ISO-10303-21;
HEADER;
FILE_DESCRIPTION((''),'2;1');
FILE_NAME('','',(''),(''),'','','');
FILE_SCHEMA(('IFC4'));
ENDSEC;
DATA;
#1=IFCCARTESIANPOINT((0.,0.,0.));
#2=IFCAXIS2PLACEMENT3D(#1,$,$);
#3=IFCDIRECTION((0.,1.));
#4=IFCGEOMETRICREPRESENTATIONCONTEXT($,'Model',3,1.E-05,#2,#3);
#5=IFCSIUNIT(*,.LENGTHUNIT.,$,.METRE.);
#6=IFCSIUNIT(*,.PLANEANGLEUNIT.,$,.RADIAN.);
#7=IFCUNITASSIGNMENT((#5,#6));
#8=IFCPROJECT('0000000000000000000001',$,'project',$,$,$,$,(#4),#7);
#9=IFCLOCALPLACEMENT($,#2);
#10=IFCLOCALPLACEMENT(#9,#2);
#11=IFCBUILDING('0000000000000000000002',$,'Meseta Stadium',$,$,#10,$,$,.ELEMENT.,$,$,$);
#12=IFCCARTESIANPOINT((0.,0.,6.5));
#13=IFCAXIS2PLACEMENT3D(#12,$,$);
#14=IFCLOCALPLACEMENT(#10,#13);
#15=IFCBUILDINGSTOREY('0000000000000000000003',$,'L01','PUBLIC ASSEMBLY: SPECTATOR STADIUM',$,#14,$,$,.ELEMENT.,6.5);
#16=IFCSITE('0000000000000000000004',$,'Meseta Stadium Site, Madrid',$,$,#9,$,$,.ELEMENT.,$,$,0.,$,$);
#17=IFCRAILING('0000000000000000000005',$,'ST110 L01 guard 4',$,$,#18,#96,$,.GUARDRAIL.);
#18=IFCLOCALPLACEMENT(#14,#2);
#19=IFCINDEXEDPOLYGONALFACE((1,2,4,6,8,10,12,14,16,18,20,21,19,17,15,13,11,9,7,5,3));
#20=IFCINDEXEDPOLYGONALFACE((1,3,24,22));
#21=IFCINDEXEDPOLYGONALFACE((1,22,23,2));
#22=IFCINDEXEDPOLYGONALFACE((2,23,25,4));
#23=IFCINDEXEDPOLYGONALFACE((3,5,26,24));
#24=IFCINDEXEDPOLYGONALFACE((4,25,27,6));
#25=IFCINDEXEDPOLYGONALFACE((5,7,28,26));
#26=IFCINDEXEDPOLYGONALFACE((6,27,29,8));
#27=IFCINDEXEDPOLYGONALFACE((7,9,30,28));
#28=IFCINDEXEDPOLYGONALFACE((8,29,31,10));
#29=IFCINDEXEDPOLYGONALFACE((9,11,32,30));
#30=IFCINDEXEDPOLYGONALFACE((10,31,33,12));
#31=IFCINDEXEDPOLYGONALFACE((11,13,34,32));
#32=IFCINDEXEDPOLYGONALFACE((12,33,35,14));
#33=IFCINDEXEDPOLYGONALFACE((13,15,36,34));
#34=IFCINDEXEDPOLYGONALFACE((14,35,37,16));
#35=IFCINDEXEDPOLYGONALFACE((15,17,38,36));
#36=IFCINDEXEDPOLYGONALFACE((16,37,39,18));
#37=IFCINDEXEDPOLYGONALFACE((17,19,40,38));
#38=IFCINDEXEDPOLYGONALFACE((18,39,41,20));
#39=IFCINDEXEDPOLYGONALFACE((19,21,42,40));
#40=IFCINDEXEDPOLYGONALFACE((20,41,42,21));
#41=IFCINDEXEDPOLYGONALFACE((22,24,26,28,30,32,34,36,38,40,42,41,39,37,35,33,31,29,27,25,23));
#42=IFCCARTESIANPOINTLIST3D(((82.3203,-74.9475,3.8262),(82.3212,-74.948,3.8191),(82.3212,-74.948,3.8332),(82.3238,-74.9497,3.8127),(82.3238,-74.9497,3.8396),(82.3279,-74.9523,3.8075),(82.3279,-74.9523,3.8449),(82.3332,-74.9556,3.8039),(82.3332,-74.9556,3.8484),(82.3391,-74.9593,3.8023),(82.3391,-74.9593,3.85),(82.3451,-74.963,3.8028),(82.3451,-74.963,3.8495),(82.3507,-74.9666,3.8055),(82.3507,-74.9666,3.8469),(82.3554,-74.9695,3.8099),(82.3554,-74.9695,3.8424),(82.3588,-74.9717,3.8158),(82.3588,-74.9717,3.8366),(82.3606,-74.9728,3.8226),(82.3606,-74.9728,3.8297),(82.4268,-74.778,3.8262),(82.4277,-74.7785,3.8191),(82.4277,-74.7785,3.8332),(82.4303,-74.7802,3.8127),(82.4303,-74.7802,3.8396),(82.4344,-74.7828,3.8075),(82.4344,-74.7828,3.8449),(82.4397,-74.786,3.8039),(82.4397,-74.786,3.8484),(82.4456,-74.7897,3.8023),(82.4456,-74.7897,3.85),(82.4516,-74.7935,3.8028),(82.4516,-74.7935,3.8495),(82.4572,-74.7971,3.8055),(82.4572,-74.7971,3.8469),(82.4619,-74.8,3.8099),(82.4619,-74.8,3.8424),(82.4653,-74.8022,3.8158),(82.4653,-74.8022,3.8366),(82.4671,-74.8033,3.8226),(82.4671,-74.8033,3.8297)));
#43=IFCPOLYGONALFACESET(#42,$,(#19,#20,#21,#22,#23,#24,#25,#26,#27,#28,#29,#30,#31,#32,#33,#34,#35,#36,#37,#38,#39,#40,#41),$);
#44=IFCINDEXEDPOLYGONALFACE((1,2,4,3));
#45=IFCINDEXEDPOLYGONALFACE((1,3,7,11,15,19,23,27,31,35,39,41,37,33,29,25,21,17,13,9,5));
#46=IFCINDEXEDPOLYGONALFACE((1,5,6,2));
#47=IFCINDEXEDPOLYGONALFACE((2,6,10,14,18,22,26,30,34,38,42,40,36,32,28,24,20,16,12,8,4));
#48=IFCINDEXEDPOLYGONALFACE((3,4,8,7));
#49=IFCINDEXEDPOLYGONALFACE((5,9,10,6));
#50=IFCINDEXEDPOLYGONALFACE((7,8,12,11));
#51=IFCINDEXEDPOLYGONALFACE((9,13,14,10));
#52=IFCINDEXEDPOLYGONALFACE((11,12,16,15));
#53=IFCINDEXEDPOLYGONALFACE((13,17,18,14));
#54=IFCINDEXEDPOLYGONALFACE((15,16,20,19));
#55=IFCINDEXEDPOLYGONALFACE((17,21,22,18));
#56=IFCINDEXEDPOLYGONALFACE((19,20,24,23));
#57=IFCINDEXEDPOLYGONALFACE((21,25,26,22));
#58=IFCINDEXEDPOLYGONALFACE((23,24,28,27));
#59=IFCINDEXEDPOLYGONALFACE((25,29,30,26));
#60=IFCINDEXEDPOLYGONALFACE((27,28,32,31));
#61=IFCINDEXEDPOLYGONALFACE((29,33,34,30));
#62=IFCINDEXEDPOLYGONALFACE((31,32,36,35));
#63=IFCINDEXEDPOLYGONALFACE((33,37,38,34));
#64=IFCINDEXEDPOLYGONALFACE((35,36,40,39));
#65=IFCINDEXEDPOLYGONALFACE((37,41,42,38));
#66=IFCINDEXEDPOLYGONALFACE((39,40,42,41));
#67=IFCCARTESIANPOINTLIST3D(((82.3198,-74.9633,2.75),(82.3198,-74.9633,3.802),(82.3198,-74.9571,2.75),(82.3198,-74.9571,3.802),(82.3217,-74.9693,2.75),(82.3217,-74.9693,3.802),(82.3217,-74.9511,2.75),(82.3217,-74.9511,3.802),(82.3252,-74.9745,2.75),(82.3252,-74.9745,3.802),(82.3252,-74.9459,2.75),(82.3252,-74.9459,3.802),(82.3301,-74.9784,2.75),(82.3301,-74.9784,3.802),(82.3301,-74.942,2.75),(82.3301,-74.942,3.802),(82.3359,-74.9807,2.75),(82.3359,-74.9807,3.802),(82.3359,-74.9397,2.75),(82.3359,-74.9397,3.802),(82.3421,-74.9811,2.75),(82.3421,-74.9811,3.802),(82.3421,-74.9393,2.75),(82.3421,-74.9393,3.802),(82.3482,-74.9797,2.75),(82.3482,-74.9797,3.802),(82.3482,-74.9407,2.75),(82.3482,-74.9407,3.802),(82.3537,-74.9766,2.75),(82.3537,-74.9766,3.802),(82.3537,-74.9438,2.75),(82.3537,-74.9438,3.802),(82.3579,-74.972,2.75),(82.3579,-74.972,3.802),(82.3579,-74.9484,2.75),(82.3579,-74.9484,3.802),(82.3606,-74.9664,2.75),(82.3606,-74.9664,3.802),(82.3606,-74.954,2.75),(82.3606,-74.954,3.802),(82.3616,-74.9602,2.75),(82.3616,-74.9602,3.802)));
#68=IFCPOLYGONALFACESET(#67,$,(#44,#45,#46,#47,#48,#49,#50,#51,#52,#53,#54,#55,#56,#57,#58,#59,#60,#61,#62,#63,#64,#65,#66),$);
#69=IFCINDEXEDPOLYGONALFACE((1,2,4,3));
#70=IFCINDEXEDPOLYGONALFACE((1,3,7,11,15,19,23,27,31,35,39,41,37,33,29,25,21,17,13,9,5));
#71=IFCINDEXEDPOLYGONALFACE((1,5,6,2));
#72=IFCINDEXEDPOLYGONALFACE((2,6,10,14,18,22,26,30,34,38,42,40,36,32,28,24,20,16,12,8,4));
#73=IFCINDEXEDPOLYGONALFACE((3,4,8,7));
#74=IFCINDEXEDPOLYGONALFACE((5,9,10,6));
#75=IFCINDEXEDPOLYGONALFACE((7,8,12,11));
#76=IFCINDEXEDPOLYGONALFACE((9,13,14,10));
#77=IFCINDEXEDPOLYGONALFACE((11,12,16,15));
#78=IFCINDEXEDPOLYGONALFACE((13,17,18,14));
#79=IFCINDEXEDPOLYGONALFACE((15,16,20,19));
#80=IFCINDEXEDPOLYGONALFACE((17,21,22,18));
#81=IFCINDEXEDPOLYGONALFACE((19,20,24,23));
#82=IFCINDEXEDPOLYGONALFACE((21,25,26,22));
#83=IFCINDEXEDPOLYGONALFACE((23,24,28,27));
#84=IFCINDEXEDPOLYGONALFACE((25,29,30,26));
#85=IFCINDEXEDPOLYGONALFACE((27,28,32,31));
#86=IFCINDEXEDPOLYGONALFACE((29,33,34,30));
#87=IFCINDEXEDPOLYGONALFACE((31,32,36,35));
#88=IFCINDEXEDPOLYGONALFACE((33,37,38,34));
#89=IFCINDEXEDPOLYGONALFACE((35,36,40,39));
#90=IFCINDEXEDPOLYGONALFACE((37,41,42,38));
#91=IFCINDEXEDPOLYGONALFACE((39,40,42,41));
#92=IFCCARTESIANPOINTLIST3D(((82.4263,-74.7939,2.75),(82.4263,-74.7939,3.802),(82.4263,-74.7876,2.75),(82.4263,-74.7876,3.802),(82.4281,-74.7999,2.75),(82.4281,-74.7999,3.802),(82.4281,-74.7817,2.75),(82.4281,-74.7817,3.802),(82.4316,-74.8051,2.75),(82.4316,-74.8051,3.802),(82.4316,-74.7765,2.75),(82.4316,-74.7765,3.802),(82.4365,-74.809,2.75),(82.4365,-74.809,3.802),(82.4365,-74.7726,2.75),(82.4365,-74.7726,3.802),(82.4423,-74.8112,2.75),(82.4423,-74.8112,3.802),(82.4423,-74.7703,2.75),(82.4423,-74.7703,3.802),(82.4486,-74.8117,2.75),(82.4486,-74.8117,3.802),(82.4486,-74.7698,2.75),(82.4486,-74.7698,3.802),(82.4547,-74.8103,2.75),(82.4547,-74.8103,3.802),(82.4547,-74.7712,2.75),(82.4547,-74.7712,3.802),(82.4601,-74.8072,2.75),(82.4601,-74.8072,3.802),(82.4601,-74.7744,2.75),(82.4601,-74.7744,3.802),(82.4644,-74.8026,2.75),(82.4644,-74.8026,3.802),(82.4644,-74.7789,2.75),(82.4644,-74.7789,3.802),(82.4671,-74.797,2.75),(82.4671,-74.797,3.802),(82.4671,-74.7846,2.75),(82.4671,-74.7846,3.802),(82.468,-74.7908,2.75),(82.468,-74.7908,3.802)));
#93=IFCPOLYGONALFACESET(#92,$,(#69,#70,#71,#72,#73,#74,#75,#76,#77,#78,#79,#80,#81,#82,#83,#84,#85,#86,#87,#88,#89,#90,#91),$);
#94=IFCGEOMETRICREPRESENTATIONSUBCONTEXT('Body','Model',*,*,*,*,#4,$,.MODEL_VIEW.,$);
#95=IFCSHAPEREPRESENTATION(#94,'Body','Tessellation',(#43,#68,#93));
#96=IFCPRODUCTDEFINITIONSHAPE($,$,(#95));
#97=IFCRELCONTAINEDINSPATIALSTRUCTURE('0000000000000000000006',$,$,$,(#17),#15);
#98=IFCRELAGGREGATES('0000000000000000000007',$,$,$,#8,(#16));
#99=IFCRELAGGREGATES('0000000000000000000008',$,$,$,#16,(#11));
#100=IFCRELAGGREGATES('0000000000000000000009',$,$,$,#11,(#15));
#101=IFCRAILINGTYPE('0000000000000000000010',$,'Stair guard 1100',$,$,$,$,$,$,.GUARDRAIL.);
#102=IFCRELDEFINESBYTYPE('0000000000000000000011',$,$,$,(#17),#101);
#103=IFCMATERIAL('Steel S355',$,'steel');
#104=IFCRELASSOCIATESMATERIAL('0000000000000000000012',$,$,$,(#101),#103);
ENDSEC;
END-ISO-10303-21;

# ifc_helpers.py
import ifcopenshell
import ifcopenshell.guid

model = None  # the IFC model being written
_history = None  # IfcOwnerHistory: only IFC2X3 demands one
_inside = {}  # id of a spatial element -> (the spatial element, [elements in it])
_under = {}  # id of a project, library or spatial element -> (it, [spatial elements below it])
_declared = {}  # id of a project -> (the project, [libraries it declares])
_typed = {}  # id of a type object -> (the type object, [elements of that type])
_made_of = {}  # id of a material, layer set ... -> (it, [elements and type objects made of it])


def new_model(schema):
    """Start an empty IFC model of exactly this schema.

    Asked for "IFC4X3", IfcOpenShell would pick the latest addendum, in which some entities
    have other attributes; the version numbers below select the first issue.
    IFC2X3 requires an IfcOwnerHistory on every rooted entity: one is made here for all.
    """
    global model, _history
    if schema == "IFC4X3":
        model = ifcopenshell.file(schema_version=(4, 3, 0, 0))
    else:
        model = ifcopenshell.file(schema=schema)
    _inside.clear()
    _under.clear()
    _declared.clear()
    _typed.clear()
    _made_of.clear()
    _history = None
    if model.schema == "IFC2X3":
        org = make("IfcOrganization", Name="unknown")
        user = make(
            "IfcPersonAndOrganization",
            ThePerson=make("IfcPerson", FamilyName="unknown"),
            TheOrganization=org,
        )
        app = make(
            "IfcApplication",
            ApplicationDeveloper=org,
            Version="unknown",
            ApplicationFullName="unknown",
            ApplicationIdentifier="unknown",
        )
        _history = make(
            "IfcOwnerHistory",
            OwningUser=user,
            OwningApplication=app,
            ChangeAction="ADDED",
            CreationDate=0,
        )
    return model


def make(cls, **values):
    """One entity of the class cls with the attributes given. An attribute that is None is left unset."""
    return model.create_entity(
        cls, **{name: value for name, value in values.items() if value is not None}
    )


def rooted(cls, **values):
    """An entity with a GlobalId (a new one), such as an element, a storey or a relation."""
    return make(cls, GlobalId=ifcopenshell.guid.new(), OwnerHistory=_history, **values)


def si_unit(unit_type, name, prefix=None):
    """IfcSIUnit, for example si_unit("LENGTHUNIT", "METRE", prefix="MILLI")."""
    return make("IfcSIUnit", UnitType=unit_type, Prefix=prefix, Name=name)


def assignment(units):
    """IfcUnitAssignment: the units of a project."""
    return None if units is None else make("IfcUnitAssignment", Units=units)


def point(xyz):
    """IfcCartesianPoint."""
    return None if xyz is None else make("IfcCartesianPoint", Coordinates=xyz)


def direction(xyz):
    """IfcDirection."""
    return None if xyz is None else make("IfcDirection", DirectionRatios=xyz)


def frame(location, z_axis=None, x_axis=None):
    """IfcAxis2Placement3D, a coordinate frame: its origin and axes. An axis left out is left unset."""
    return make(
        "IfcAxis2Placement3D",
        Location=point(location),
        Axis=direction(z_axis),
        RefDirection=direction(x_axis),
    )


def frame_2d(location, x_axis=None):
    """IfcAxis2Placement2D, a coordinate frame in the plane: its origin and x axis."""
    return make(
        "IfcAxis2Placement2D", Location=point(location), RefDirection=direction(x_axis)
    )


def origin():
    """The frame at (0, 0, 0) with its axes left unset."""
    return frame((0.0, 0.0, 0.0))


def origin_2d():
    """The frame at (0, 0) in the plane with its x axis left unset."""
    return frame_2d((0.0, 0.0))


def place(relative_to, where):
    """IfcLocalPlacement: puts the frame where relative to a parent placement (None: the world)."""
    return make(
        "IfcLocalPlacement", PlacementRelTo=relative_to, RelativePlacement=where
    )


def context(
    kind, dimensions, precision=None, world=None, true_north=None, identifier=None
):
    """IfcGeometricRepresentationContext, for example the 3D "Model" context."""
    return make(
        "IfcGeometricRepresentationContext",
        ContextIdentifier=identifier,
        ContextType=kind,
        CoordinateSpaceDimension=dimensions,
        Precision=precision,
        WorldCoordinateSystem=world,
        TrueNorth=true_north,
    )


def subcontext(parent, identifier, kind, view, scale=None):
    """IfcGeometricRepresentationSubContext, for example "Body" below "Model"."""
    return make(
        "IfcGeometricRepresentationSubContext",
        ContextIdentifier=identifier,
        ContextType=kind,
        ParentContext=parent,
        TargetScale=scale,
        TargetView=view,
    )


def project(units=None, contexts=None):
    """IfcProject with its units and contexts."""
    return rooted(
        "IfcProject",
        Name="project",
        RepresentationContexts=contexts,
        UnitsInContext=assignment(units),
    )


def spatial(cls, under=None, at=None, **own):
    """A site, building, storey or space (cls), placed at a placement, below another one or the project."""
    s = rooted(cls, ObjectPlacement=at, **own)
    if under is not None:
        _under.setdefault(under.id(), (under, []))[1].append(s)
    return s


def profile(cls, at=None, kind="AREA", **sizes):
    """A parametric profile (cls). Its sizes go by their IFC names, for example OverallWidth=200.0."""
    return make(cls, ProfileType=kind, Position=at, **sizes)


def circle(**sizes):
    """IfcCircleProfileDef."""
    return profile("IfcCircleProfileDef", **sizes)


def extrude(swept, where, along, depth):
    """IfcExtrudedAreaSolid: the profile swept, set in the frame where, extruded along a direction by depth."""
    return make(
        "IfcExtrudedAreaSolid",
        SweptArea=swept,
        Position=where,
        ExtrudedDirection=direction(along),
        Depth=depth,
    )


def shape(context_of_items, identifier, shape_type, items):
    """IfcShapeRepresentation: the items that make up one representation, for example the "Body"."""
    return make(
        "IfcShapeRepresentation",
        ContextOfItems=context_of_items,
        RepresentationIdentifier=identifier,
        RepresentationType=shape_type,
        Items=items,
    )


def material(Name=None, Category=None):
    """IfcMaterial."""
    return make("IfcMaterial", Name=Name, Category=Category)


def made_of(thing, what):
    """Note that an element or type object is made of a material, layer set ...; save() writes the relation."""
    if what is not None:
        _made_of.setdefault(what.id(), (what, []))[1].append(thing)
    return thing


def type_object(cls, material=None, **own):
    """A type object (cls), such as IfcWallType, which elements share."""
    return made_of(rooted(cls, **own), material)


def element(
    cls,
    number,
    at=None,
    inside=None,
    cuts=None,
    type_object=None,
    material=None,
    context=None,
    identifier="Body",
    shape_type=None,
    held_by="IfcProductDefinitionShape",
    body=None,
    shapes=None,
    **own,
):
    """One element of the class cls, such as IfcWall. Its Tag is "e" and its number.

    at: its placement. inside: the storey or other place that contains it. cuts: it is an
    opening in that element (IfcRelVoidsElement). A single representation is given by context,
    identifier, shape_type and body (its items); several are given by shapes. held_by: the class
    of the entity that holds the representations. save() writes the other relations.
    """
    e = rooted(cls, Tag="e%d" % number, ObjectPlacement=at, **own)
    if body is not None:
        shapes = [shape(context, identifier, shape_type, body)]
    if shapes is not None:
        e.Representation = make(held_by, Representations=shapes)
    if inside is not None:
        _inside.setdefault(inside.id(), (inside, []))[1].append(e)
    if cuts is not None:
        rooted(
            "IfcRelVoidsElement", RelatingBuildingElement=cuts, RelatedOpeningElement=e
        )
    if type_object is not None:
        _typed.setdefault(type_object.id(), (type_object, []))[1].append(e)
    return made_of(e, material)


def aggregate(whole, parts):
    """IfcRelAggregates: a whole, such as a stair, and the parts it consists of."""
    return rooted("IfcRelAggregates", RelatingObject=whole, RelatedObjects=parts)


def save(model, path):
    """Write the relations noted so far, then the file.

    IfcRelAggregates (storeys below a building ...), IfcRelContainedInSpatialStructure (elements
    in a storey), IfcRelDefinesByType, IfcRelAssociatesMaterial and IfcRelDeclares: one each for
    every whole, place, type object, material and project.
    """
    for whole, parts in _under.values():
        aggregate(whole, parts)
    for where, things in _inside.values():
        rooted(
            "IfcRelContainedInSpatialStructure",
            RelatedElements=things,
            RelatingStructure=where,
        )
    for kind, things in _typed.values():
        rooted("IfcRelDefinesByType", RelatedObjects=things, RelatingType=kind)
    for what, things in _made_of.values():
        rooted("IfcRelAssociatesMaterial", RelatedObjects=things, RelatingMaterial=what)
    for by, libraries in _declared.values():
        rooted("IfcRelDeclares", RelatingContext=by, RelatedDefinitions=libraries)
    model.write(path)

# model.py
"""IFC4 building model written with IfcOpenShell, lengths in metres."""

from ifc_helpers import new_model, si_unit, direction, frame, origin, origin_2d, place, context, subcontext, project, spatial, circle, extrude, material, type_object, element, save


model = new_model("IFC4")

# Units and contexts
model_context = context("Model", 3, precision=1e-05, world=origin(), true_north=direction((0.0, 1.0)))
body_context = subcontext(model_context, "Body", "Model", "MODEL_VIEW")
ifc_project = project(units=[si_unit("LENGTHUNIT", "METRE"), si_unit("PLANEANGLEUNIT", "RADIAN")], contexts=[model_context])

# Site, building, storey
site_placement = place(None, origin())
site = spatial("IfcSite", under=ifc_project, at=site_placement, Name="Meseta Stadium Site, Madrid", CompositionType="ELEMENT", RefElevation=0.0)
building_placement = place(site_placement, origin())
building = spatial("IfcBuilding", under=site, at=building_placement, Name="Meseta Stadium", CompositionType="ELEMENT")
storey_placement = place(building_placement, frame((0.0, 0.0, 6.5)))
storey = spatial("IfcBuildingStorey", under=building, at=storey_placement, Name="L01", Description="PUBLIC ASSEMBLY: SPECTATOR STADIUM", CompositionType="ELEMENT", Elevation=6.5)

# Railing
ifc_material_1 = material(Name="Steel S355", Category="steel")
railing_type_1 = type_object("IfcRailingType", Name="Stair guard 1100", PredefinedType="GUARDRAIL", material=ifc_material_1)
railing_1_placement = place(storey_placement, frame((82.3406, -74.9602, 2.75)))
element("IfcRailing", 1, at=railing_1_placement, inside=storey, type_object=railing_type_1, Name="ST110 L01 guard 4", PredefinedType="GUARDRAIL", context=body_context, shape_type="SweptSolid", body=[
    extrude(circle(Radius=0.0239, at=origin_2d()), frame((0.0, 0.0, 1.0762), z_axis=(0.531972, 0.846762, 0.0), x_axis=(-0.846762, 0.531972, 0.0)), (0.0, 0.0, 1.0), 0.2002),
    extrude(circle(Radius=0.021, at=origin_2d()), origin(), (0.0, 0.0, 1.0), 1.052),
    extrude(circle(Radius=0.021, at=origin_2d()), frame((0.1064, 0.1694, 0.0)), (0.0, 0.0, 1.0), 1.052),
])

save(model, "model.ifc")
